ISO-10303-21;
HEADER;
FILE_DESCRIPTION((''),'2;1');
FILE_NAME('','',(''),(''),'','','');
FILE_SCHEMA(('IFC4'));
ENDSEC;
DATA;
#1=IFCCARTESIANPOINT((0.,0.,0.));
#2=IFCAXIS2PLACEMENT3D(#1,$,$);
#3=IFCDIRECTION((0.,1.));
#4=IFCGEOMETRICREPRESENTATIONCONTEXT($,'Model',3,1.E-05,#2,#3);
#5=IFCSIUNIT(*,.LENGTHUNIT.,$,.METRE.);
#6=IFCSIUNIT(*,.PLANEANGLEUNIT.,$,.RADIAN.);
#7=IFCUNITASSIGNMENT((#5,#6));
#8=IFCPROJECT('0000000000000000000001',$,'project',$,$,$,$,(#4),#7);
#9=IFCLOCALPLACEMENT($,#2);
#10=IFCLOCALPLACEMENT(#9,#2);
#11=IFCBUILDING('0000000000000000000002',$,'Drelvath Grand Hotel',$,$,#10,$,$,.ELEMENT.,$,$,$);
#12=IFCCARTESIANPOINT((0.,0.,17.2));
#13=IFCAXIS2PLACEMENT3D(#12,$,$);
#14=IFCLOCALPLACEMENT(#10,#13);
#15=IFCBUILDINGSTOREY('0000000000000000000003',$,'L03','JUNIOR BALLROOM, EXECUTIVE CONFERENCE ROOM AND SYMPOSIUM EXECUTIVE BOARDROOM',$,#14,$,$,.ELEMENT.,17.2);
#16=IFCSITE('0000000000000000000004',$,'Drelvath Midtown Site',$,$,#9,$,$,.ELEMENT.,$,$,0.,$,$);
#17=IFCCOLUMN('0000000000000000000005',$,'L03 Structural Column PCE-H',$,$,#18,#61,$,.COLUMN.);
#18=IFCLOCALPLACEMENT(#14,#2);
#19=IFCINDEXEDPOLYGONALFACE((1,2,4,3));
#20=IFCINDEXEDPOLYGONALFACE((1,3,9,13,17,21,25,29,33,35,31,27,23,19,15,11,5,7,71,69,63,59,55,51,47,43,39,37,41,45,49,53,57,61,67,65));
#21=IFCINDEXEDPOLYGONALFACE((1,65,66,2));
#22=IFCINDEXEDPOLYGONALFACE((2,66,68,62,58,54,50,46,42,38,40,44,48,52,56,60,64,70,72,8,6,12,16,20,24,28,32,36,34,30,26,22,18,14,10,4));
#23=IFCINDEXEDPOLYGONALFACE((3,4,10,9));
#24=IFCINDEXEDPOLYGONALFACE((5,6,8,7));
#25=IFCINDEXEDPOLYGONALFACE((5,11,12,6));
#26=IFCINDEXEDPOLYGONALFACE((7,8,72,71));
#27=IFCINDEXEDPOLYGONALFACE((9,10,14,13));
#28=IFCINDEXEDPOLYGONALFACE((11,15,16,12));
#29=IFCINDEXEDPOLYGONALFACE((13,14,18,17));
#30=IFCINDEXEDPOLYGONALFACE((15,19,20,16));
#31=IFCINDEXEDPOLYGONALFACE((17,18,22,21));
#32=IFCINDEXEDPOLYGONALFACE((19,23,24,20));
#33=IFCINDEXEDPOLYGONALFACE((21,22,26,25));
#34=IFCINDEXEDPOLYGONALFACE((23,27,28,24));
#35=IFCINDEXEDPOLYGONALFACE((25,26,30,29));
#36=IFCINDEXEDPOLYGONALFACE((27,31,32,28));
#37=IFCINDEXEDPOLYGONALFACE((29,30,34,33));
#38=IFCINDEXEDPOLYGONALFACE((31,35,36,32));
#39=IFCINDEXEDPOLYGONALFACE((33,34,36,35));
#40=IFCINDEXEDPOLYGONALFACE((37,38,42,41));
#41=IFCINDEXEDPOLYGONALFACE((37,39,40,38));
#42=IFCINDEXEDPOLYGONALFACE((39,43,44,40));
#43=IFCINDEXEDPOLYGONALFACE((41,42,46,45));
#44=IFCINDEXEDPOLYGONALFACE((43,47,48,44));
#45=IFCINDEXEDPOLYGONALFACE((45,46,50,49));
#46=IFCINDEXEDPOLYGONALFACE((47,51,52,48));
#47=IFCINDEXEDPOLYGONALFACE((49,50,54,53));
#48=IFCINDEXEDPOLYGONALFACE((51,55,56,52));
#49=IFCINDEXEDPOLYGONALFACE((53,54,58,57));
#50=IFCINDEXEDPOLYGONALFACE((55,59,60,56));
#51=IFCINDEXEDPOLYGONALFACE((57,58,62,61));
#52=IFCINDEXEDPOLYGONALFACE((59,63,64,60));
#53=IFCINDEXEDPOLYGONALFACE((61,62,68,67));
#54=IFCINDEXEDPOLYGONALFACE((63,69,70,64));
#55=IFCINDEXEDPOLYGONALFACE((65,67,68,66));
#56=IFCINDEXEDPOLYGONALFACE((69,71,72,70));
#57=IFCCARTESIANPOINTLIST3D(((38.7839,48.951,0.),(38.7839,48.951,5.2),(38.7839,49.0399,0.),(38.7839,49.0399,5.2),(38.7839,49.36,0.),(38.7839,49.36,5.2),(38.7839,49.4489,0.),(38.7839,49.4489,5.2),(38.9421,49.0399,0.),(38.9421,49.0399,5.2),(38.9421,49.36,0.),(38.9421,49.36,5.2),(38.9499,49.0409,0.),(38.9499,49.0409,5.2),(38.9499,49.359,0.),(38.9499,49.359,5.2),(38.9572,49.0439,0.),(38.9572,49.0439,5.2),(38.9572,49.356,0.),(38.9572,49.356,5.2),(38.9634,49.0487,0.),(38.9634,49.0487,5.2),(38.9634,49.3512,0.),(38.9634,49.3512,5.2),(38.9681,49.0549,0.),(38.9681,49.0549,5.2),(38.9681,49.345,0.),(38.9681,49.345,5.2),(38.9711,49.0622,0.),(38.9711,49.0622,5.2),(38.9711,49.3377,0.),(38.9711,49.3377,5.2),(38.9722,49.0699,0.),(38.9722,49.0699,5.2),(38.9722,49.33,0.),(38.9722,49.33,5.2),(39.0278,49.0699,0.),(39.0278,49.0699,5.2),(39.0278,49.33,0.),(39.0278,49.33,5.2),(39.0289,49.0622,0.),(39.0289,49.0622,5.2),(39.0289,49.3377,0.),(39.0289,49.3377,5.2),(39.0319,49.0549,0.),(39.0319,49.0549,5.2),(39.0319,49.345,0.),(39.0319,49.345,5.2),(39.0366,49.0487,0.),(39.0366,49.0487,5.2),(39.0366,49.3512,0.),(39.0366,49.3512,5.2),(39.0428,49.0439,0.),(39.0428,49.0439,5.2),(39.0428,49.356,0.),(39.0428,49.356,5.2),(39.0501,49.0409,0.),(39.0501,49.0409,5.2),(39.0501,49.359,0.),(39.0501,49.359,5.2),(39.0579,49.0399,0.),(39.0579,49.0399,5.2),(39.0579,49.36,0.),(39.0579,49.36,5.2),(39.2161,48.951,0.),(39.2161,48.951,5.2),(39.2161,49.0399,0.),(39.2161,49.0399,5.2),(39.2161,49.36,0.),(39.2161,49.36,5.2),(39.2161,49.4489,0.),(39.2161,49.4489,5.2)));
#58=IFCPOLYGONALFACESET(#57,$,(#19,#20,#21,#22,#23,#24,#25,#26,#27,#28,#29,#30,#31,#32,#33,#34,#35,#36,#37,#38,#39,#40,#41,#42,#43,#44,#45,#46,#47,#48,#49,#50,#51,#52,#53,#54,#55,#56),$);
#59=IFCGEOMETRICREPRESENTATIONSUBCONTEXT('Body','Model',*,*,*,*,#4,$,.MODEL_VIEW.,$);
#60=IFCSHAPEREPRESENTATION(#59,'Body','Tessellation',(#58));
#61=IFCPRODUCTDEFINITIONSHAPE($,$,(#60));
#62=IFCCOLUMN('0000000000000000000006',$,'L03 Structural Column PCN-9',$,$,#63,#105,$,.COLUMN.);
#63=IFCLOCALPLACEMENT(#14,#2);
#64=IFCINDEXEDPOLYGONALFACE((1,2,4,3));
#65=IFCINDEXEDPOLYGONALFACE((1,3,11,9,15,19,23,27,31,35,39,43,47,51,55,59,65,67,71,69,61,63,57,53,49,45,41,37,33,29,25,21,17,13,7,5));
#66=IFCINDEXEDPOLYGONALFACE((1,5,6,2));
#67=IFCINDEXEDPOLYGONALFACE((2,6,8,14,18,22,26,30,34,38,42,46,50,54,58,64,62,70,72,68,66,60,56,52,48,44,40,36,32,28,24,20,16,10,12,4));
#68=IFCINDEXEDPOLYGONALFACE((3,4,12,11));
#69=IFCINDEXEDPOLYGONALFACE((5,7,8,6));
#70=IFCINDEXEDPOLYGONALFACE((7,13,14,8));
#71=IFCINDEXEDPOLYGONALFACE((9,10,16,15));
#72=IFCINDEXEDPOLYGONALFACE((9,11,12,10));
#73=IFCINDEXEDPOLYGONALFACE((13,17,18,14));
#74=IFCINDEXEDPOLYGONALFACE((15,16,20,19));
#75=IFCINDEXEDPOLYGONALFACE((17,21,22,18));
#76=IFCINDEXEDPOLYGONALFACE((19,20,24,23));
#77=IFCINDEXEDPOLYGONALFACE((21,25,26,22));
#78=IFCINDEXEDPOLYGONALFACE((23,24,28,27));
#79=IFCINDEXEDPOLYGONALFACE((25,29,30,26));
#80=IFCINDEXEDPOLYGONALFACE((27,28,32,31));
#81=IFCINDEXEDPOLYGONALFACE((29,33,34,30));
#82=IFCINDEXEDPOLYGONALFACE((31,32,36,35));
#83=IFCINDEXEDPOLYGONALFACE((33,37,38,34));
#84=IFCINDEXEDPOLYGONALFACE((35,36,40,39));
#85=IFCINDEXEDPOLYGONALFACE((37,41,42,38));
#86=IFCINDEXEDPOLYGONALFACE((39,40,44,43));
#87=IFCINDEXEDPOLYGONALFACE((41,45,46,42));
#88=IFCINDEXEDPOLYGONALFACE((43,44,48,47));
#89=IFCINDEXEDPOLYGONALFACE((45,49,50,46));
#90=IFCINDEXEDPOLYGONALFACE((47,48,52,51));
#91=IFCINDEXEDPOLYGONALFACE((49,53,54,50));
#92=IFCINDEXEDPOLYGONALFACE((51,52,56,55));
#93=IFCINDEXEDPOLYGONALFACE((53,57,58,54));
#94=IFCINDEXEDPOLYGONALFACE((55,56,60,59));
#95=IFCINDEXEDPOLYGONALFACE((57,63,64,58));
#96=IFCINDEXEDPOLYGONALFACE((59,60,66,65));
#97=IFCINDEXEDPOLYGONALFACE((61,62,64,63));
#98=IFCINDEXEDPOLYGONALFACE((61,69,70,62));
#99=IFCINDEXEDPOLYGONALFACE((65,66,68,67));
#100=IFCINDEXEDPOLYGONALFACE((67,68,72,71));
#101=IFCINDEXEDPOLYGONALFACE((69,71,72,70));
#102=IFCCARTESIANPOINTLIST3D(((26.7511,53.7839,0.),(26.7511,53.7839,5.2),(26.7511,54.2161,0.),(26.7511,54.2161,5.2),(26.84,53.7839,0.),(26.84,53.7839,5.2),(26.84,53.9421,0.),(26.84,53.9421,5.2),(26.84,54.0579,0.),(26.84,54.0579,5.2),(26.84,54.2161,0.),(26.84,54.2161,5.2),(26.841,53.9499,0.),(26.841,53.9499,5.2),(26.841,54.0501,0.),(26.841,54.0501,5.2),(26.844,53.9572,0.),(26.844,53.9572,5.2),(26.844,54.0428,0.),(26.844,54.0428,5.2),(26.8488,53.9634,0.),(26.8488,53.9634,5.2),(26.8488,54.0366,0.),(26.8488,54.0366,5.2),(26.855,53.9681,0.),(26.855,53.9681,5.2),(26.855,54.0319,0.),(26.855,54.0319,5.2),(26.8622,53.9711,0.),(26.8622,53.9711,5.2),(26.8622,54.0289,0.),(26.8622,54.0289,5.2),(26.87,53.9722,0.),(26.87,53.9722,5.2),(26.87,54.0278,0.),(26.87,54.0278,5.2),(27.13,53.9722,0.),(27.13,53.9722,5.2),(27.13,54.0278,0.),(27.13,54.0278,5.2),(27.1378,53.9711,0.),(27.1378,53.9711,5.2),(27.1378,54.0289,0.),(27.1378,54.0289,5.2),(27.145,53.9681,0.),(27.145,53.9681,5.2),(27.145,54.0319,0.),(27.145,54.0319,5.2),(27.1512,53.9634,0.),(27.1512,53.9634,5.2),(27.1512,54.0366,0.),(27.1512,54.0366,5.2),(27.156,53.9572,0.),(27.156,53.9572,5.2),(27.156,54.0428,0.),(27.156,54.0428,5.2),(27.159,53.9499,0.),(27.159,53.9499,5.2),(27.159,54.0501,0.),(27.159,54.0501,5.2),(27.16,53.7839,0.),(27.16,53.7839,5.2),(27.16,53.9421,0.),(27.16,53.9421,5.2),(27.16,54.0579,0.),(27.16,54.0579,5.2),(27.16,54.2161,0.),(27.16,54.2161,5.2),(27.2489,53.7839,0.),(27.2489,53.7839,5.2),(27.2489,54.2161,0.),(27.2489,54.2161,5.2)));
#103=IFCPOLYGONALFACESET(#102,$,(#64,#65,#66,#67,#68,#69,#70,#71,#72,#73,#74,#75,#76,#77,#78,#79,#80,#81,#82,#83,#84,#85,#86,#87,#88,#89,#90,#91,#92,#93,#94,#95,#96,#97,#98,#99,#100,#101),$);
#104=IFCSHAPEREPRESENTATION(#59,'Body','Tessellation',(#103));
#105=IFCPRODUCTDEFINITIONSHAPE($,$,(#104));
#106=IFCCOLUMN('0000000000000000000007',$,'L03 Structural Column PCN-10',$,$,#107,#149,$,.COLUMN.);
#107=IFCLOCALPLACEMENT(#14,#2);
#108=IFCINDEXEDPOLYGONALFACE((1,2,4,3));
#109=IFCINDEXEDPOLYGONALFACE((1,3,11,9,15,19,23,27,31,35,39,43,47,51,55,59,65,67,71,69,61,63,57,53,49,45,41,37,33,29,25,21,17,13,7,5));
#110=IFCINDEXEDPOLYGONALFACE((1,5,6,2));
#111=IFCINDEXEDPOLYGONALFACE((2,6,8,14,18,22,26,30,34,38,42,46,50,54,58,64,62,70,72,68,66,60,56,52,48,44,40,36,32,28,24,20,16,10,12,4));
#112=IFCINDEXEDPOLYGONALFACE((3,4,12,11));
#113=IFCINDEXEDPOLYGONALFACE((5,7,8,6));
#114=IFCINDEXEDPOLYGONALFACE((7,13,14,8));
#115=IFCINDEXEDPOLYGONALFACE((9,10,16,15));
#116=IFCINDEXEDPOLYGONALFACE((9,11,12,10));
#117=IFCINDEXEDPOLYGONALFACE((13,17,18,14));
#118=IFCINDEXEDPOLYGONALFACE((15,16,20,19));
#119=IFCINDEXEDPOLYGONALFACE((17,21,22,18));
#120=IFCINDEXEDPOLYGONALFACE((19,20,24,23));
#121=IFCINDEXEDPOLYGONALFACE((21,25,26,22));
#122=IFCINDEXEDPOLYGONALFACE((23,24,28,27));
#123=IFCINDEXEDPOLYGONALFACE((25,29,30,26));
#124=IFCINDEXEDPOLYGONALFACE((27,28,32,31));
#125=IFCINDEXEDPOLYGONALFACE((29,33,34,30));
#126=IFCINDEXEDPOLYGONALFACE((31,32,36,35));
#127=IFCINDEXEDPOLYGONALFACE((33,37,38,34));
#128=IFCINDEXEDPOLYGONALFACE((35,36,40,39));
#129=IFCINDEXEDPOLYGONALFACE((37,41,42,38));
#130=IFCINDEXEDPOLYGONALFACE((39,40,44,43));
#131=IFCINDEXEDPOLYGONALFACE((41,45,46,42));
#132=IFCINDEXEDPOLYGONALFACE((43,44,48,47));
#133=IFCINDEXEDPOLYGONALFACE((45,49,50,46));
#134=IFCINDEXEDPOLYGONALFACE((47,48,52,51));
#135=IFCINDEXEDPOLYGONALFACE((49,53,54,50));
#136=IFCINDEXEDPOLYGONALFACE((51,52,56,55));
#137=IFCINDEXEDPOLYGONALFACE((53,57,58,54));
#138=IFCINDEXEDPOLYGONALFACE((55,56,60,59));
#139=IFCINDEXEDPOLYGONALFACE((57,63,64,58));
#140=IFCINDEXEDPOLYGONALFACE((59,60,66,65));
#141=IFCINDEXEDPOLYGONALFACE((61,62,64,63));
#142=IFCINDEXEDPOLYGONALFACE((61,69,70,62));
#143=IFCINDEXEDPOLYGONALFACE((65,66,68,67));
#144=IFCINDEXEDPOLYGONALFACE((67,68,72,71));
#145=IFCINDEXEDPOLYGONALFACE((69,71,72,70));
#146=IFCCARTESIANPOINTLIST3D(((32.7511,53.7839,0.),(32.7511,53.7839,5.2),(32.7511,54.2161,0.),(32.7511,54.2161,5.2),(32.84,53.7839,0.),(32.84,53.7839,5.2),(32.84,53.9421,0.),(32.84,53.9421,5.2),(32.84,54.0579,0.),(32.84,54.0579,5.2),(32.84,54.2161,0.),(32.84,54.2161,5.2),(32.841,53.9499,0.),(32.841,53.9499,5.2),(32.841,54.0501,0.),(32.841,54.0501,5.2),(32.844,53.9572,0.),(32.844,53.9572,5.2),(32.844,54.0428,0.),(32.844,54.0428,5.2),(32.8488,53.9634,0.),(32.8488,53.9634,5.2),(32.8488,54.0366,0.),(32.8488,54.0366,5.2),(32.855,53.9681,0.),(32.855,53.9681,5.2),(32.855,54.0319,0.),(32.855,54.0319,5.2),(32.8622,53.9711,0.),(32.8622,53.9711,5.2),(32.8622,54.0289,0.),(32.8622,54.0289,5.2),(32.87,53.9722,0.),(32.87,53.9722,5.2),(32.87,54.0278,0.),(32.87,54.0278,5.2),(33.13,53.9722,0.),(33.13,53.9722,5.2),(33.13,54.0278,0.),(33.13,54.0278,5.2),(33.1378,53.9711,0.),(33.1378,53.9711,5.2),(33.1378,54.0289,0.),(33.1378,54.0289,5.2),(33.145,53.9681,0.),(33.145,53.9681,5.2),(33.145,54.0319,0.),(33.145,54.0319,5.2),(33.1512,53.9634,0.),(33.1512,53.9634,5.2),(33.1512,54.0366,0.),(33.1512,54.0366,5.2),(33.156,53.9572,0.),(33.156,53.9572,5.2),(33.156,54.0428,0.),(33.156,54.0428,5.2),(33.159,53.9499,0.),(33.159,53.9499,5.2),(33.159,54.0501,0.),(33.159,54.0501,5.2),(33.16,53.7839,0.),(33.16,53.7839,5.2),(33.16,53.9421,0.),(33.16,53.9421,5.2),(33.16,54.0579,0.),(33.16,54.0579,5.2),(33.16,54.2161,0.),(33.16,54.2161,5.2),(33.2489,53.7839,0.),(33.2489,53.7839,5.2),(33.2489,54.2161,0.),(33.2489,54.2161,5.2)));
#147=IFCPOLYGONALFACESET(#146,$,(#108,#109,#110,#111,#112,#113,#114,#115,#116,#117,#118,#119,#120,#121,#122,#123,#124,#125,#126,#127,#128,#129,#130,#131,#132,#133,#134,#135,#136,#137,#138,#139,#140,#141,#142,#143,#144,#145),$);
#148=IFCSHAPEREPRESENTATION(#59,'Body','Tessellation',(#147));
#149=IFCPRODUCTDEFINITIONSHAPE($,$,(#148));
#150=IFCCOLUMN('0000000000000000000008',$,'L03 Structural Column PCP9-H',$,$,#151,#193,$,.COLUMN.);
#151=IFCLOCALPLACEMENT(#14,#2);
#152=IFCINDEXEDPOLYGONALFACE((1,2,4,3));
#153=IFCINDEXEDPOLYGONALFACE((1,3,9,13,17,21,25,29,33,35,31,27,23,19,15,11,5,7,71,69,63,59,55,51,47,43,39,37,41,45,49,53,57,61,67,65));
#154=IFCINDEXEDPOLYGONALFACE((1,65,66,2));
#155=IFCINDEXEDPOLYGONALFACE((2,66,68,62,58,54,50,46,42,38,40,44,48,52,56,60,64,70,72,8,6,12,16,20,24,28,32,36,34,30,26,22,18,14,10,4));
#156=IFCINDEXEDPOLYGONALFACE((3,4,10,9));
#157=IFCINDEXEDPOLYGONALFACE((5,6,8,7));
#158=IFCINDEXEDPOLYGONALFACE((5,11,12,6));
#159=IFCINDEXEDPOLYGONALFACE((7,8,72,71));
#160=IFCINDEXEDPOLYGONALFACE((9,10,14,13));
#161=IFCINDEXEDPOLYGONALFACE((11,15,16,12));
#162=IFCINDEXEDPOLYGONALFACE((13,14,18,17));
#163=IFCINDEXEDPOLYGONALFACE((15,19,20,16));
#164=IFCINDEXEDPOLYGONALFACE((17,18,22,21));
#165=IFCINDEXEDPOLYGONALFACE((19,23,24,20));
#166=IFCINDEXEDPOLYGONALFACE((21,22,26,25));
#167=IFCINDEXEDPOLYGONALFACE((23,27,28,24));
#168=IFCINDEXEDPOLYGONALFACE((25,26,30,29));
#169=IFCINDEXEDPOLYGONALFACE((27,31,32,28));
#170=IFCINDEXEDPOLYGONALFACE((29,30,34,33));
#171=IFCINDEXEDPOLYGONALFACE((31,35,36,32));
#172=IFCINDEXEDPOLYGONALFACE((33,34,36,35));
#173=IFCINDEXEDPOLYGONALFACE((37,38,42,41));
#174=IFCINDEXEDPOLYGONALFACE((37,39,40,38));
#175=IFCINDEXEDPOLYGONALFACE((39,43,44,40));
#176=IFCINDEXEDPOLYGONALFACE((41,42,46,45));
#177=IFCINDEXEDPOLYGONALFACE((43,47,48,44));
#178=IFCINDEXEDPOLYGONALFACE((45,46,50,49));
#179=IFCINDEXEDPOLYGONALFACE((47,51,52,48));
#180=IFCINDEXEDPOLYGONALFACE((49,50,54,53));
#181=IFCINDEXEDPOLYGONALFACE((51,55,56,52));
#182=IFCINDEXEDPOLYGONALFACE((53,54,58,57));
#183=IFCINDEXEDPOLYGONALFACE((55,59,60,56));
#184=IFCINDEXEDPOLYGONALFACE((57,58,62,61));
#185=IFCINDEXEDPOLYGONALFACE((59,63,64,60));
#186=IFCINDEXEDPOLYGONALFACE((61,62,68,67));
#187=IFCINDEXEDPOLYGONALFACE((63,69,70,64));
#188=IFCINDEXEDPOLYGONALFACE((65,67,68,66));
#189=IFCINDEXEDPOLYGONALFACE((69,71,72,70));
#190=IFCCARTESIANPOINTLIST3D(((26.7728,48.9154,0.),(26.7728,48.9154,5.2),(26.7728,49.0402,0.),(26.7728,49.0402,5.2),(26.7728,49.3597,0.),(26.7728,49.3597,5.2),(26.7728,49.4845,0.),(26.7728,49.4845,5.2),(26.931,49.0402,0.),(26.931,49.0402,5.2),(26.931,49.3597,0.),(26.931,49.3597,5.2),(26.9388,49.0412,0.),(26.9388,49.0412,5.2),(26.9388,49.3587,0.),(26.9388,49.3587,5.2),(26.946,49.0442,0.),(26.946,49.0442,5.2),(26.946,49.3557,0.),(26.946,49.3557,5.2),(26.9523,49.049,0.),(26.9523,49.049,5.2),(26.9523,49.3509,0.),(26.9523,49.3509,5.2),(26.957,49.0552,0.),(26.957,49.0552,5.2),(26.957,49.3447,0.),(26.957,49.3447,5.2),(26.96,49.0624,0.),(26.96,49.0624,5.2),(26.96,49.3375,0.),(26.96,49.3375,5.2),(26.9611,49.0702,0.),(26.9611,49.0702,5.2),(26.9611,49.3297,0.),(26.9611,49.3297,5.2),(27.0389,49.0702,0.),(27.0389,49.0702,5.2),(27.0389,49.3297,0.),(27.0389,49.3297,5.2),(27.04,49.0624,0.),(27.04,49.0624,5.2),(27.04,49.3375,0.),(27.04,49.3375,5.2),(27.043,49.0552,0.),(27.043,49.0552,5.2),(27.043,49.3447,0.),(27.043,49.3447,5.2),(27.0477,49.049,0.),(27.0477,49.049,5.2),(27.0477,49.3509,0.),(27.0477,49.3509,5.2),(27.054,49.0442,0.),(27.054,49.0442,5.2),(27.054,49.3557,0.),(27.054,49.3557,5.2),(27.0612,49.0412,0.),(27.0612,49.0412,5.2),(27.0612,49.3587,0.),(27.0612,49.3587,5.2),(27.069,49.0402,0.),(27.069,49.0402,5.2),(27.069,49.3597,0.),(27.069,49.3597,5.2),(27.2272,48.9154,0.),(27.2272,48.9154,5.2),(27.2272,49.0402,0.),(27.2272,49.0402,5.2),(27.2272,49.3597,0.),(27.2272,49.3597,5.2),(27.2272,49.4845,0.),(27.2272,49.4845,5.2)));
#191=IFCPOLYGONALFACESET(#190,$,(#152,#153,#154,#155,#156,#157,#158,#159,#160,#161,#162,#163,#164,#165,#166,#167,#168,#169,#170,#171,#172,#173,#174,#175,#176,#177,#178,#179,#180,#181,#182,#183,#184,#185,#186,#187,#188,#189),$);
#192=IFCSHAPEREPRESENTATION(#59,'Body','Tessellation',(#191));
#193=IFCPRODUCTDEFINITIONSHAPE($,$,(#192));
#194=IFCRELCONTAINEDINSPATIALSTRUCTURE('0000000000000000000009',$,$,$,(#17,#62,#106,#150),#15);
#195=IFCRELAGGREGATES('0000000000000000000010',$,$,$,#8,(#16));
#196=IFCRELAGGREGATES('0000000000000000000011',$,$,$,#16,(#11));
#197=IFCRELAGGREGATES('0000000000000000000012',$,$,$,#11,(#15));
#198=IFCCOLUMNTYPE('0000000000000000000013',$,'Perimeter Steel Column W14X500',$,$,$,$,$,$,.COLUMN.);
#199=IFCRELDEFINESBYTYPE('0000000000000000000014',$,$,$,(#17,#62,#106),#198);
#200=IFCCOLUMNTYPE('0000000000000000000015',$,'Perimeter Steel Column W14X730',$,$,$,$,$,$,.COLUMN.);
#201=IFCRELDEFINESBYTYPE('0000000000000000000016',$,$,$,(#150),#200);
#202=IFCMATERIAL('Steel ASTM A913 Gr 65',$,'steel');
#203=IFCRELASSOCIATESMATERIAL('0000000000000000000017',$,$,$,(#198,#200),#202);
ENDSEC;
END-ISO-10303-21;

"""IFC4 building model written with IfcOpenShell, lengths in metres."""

from ifc_helpers import new_model, si_unit, direction, frame, origin, origin_2d, place, context, subcontext, project, spatial, i_section, extrude, material, material_profile, profile_set, type_object, element, save


model = new_model("IFC4")

# Units and contexts
model_context = context("Model", 3, precision=1e-05, world=origin(), true_north=direction((0.0, 1.0)))
body_context = subcontext(model_context, "Body", "Model", "MODEL_VIEW")
ifc_project = project(units=[si_unit("LENGTHUNIT", "METRE"), si_unit("PLANEANGLEUNIT", "RADIAN")], contexts=[model_context])

# Site, building, storey
site_placement = place(None, origin())
site = spatial("IfcSite", under=ifc_project, at=site_placement, Name="Drelvath Midtown Site", CompositionType="ELEMENT", RefElevation=0.0)
building_placement = place(site_placement, origin())
building = spatial("IfcBuilding", under=site, at=building_placement, Name="Drelvath Grand Hotel", CompositionType="ELEMENT")
storey_placement = place(building_placement, frame((0.0, 0.0, 17.2)))
storey = spatial("IfcBuildingStorey", under=building, at=storey_placement, Name="L03", Description="JUNIOR BALLROOM, EXECUTIVE CONFERENCE ROOM AND SYMPOSIUM EXECUTIVE BOARDROOM", CompositionType="ELEMENT", Elevation=17.2)

# Columns
ifc_material_1 = material(Name="Steel ASTM A913 Gr 65", Category="steel")
ifc_material_profile_1 = material_profile(ifc_material_1, i_section(OverallWidth=0.4321, OverallDepth=0.4978, WebThickness=0.0557, FlangeThickness=0.0889, FilletRadius=0.03, at=origin_2d()), Name="W14X500")
ifc_profile_set_1 = profile_set([ifc_material_profile_1], Name="Steel ASTM A913 Gr 65")
column_type_1 = type_object("IfcColumnType", Name="Perimeter Steel Column W14X500", PredefinedType="COLUMN", material=ifc_profile_set_1)
for number, where, z_axis, x_axis, name in (
    (1, (39.0, 49.2, 0.0), (0.0, 0.0, 1.0), (1.0, 0.0, 0.0), "L03 Structural Column PCE-H"),
    (2, (27.0, 54.0, 0.0), (0.0, 0.0, 1.0), (0.0, 1.0, 0.0), "L03 Structural Column PCN-9"),
    (3, (33.0, 54.0, 0.0), (0.0, 0.0, 1.0), (0.0, 1.0, 0.0), "L03 Structural Column PCN-10"),
):
    element("IfcColumn", number, at=place(storey_placement, frame(where, z_axis=z_axis, x_axis=x_axis)), inside=storey, type_object=column_type_1, Name=name, PredefinedType="COLUMN", context=body_context, shape_type="SweptSolid", body=[
        extrude(i_section(OverallWidth=0.4321, OverallDepth=0.4978, WebThickness=0.0557, FlangeThickness=0.0889, FilletRadius=0.03, at=origin_2d()), origin(), (0.0, 0.0, 1.0), 5.2),
    ])
ifc_material_profile_2 = material_profile(ifc_material_1, i_section(OverallWidth=0.4543, OverallDepth=0.5691, WebThickness=0.0779, FlangeThickness=0.1248, FilletRadius=0.03, at=origin_2d()), Name="W14X730")
ifc_profile_set_2 = profile_set([ifc_material_profile_2], Name="Steel ASTM A913 Gr 65")
column_type_2 = type_object("IfcColumnType", Name="Perimeter Steel Column W14X730", PredefinedType="COLUMN", material=ifc_profile_set_2)
column_placement = place(storey_placement, frame((27.0, 49.2, 0.0), z_axis=(0.0, 0.0, 1.0), x_axis=(1.0, 0.0, 0.0)))
element("IfcColumn", 4, at=column_placement, inside=storey, type_object=column_type_2, Name="L03 Structural Column PCP9-H", PredefinedType="COLUMN", context=body_context, shape_type="SweptSolid", body=[
    extrude(i_section(OverallWidth=0.4543, OverallDepth=0.5691, WebThickness=0.0779, FlangeThickness=0.1248, FilletRadius=0.03, at=origin_2d()), origin(), (0.0, 0.0, 1.0), 5.2),
])

save(model, "model.ifc")
